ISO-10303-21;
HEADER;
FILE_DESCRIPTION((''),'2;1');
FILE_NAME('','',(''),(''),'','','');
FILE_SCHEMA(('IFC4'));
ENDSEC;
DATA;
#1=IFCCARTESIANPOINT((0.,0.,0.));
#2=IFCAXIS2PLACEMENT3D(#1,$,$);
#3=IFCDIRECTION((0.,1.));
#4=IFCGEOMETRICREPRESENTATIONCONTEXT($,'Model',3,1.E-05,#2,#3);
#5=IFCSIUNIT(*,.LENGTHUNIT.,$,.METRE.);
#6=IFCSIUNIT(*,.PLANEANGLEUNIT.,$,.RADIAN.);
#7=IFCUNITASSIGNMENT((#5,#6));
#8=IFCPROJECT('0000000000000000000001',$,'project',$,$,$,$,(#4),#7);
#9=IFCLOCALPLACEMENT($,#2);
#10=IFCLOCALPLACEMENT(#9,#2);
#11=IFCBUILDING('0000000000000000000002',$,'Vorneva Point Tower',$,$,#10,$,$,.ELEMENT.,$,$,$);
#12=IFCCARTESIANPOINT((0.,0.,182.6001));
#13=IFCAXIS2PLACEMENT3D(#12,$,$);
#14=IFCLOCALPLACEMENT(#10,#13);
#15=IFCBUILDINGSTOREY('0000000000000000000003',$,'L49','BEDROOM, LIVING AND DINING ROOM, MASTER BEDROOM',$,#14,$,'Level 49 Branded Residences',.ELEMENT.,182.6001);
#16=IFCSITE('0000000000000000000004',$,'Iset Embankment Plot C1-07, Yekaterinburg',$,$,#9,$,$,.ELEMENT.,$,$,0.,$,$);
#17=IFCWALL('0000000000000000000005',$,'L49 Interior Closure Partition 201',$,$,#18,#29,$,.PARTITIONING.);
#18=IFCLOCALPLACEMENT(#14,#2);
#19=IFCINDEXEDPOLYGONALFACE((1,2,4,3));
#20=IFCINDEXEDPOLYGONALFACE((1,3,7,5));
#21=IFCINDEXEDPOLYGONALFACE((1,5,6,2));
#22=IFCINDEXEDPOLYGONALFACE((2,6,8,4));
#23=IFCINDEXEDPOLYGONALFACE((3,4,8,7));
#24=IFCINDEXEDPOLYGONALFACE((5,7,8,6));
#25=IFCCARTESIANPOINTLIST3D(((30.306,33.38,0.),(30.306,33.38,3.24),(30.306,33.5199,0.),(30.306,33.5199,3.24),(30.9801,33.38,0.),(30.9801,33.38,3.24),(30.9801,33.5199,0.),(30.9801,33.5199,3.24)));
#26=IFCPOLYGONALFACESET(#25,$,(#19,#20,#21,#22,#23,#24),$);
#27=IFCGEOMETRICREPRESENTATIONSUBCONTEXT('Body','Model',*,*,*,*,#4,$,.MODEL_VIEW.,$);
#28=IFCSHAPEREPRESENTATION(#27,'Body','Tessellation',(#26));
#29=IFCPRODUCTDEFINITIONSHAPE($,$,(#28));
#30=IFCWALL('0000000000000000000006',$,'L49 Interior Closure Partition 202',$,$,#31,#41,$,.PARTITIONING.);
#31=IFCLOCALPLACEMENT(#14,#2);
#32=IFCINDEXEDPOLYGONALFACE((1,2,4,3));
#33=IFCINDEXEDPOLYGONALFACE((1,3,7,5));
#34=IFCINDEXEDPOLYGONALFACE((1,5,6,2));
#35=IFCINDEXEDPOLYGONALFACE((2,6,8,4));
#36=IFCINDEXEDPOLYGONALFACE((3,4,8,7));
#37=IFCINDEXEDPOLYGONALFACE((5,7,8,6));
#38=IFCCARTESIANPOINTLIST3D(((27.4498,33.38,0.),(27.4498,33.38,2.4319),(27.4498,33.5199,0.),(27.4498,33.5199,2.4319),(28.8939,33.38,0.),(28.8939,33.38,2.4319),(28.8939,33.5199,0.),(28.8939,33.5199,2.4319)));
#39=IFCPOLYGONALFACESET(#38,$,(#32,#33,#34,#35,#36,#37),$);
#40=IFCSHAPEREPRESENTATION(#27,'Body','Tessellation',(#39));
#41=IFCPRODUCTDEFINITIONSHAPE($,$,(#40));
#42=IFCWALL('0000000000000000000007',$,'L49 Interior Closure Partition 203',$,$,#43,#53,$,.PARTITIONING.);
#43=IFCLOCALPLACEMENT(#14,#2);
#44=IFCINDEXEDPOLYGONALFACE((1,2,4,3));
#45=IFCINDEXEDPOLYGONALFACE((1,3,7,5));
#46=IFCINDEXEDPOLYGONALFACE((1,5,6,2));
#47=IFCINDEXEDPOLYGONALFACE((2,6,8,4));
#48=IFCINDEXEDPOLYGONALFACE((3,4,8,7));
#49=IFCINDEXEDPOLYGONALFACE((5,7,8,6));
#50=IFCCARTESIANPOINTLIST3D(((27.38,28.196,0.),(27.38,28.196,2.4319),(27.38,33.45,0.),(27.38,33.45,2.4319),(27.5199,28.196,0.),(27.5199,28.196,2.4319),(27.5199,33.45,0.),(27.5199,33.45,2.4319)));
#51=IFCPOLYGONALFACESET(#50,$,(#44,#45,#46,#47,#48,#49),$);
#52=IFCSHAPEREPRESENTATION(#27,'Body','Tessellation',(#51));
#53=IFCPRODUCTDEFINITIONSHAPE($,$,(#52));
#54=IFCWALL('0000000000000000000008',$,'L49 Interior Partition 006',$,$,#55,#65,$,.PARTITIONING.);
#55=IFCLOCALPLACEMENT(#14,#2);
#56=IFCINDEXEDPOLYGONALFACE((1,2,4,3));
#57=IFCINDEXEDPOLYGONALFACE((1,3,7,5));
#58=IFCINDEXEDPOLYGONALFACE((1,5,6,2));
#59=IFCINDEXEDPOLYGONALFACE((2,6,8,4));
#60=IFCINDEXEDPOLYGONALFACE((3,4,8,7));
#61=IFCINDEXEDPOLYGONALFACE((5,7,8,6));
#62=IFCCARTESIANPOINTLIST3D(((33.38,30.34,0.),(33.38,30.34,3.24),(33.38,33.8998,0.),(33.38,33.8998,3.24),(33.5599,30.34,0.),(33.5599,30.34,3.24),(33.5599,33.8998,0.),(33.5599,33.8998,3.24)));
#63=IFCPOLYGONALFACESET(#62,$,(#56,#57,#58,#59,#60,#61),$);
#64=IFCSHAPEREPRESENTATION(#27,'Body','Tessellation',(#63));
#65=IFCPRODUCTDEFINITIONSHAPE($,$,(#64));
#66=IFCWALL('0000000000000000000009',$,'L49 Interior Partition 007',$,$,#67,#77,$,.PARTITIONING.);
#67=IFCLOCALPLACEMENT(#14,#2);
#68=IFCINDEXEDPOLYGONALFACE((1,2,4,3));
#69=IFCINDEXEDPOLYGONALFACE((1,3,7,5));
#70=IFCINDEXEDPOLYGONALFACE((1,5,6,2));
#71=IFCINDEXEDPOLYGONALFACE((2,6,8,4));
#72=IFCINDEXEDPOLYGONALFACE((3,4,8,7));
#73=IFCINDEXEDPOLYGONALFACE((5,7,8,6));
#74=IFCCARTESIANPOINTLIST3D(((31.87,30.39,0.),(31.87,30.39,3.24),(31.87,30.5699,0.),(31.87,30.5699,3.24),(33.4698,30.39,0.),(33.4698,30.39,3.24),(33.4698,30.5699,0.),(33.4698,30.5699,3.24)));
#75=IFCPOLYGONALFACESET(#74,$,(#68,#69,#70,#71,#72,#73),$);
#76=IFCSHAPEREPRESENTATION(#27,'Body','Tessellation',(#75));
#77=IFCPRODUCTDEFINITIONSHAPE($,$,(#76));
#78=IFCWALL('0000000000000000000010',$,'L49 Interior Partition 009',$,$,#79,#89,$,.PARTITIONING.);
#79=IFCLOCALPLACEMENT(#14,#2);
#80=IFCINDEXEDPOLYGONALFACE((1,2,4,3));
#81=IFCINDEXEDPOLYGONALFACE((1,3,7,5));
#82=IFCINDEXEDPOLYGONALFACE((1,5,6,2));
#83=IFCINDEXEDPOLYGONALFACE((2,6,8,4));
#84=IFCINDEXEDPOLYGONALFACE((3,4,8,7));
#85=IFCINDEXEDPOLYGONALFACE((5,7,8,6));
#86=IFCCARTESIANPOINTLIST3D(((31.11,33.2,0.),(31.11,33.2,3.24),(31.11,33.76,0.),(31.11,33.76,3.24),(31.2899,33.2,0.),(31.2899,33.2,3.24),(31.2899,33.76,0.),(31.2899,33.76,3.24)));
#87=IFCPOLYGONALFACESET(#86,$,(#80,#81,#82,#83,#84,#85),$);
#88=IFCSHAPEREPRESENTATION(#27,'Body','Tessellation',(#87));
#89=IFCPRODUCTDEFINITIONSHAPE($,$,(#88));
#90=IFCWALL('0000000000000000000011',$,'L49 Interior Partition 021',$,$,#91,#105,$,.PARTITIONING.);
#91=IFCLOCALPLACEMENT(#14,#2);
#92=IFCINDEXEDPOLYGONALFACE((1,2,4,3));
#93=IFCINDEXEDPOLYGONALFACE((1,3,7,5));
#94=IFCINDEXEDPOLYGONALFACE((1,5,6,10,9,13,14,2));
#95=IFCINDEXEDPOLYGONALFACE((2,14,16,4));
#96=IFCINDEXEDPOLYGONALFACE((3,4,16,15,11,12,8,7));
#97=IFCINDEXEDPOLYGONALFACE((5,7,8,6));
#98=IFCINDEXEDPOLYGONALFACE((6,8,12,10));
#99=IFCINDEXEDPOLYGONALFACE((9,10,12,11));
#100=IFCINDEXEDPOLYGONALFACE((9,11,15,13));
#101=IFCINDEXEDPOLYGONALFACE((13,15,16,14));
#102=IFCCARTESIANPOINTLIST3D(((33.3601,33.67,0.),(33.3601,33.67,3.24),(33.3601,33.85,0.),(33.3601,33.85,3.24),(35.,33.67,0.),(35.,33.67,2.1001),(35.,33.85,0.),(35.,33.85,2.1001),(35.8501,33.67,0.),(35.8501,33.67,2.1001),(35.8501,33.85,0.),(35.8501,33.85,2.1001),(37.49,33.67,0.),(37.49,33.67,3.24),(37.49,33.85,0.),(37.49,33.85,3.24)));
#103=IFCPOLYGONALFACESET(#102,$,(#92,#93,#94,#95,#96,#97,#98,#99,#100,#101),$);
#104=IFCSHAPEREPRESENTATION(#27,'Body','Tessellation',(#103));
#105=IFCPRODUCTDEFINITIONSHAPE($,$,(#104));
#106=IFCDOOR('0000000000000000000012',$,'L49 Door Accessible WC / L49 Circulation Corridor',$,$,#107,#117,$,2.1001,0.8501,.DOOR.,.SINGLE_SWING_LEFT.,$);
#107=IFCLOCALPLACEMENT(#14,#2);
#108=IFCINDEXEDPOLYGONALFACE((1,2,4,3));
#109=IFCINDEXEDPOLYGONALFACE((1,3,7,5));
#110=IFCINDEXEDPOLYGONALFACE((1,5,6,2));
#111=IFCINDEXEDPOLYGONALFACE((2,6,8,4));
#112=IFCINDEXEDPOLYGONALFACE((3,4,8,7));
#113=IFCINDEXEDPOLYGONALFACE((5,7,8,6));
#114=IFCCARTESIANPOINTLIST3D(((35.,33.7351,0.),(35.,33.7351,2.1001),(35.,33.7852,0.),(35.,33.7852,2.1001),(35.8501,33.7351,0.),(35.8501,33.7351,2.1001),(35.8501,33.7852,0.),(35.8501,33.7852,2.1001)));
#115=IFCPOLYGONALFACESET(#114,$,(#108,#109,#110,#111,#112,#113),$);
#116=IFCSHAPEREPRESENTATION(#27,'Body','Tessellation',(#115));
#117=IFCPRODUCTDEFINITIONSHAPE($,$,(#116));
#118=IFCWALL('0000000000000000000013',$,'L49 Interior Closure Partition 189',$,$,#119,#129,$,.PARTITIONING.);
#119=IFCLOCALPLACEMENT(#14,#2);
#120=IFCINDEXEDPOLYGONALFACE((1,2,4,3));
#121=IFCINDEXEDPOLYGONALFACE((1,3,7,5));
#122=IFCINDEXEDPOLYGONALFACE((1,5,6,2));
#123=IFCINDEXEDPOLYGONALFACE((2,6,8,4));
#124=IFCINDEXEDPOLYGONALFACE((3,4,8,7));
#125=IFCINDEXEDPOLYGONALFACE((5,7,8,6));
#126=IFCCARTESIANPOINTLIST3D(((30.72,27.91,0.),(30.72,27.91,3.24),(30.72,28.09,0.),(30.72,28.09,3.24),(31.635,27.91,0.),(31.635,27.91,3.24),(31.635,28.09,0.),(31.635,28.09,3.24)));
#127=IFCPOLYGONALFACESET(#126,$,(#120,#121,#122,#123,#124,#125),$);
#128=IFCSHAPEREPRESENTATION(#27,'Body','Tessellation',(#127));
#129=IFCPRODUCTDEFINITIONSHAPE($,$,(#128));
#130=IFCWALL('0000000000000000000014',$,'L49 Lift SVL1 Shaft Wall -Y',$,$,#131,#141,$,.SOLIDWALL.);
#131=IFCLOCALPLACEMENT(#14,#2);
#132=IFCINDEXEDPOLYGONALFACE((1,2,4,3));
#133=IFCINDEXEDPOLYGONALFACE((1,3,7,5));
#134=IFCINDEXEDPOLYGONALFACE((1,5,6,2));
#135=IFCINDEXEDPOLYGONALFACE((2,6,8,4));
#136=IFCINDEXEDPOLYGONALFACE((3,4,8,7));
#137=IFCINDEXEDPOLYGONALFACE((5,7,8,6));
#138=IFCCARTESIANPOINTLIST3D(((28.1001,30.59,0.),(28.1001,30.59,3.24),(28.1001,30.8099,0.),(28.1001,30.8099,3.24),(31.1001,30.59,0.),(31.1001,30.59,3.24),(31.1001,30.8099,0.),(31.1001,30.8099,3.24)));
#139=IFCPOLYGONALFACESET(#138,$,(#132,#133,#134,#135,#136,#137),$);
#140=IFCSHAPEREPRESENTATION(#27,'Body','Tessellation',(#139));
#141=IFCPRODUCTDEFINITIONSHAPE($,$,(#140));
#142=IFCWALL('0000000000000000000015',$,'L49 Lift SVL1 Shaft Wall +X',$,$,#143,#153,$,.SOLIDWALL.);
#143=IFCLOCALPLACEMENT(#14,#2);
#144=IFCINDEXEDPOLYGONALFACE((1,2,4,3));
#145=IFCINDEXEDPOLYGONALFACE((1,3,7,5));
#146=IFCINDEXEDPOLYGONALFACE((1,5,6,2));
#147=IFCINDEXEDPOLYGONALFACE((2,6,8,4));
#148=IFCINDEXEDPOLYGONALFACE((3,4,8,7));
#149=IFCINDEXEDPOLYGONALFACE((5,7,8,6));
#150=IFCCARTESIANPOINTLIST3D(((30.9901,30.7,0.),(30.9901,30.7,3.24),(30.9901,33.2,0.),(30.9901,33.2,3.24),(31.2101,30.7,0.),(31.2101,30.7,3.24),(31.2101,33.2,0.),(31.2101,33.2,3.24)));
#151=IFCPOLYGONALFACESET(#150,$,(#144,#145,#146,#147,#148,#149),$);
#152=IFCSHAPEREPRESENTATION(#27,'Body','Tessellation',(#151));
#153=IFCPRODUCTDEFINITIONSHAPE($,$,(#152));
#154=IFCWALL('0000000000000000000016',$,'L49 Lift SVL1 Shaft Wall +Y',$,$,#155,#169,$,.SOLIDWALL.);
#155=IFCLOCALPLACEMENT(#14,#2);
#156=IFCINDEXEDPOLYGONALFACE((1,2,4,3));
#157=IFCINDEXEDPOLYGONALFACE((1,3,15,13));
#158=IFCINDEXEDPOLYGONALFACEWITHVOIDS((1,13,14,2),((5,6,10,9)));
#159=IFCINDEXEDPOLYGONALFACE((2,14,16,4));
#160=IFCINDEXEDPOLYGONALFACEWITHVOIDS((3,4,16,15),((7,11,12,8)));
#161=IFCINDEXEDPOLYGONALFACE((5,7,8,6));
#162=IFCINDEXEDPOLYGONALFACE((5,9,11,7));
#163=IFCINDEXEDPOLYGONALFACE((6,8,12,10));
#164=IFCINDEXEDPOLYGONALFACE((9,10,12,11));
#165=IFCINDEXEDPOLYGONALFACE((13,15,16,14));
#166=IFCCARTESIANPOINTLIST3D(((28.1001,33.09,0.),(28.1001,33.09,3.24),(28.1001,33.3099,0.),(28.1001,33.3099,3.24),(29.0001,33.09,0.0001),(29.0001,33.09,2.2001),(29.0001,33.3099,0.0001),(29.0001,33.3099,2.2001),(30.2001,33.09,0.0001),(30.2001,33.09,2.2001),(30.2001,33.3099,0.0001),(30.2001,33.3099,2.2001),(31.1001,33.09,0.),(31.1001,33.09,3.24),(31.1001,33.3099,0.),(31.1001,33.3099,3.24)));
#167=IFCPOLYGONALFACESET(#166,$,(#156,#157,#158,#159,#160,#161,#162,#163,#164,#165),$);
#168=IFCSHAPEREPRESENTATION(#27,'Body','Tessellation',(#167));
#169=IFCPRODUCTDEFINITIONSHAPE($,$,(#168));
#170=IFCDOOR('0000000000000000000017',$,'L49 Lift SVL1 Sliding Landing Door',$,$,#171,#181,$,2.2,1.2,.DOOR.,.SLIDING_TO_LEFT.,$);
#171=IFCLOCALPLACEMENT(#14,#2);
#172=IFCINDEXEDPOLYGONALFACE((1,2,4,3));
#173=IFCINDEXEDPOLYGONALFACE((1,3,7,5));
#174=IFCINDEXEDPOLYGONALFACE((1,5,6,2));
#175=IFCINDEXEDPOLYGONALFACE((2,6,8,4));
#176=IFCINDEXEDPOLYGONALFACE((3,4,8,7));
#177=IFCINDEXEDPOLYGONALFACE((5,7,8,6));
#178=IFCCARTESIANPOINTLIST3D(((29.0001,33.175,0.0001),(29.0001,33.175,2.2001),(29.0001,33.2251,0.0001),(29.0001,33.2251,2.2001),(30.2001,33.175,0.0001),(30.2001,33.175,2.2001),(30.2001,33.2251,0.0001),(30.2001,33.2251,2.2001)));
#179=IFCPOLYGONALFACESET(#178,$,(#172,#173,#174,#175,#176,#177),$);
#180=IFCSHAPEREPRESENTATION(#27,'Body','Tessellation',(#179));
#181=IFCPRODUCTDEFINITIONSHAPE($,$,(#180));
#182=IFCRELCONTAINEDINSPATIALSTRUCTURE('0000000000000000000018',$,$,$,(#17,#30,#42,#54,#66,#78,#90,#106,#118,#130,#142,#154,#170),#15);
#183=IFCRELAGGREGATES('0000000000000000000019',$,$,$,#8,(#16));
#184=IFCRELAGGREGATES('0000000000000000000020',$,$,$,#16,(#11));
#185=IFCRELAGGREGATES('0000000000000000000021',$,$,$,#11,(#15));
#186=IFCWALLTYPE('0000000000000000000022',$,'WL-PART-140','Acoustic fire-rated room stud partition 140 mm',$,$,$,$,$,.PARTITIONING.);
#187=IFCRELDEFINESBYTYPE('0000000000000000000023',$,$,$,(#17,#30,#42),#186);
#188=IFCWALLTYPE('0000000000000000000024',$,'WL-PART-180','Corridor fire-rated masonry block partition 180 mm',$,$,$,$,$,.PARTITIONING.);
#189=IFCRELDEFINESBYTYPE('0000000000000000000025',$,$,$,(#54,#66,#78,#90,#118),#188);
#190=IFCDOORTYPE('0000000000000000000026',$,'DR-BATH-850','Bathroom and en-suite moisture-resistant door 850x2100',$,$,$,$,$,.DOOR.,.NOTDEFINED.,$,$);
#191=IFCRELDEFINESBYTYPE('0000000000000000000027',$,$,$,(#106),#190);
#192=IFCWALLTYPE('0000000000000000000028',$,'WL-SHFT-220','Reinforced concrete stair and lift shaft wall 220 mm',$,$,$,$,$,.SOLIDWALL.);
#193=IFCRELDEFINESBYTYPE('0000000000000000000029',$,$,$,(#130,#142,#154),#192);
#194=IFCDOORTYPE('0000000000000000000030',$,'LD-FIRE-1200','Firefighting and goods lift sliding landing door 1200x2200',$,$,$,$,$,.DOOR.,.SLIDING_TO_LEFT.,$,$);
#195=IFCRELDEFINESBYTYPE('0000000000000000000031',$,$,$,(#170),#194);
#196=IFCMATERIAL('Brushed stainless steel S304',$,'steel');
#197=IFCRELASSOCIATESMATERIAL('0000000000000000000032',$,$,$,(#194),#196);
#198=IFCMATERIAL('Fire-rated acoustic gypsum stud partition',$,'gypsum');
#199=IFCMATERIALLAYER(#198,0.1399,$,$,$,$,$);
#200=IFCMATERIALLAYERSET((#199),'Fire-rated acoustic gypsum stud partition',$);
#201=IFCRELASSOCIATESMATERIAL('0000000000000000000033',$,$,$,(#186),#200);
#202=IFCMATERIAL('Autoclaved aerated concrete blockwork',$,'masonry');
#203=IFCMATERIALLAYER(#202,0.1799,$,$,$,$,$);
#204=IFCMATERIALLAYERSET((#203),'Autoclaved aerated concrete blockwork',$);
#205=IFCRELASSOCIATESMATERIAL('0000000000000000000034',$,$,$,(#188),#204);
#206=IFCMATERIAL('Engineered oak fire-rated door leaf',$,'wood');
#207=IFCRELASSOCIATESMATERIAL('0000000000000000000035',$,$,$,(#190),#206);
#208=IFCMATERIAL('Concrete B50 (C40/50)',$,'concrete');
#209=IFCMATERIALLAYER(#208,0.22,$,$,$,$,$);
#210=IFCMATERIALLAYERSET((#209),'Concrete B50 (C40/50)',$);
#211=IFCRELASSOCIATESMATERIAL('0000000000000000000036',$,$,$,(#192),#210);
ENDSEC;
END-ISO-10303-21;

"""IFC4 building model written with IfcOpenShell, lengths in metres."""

from ifc_helpers import new_model, si_unit, direction, frame, frame_2d, origin, place, context, subcontext, project, spatial, rectangle, extrude, material, layer, layer_set, type_object, element, fill, save


model = new_model("IFC4")

# Units and contexts
model_context = context("Model", 3, precision=1e-05, world=origin(), true_north=direction((0.0, 1.0)))
body_context = subcontext(model_context, "Body", "Model", "MODEL_VIEW")
ifc_project = project(units=[si_unit("LENGTHUNIT", "METRE"), si_unit("PLANEANGLEUNIT", "RADIAN")], contexts=[model_context])

# Site, building, storey
site_placement = place(None, origin())
site = spatial("IfcSite", under=ifc_project, at=site_placement, Name="Iset Embankment Plot C1-07, Yekaterinburg", CompositionType="ELEMENT", RefElevation=0.0)
building_placement = place(site_placement, origin())
building = spatial("IfcBuilding", under=site, at=building_placement, Name="Vorneva Point Tower", CompositionType="ELEMENT")
storey_placement = place(building_placement, frame((0.0, 0.0, 182.6001)))
storey = spatial("IfcBuildingStorey", under=building, at=storey_placement, Name="L49", Description="BEDROOM, LIVING AND DINING ROOM, MASTER BEDROOM", LongName="Level 49 Branded Residences", CompositionType="ELEMENT", Elevation=182.6001)

# Shared definitions
ifc_material_1 = material(Name="Concrete B50 (C40/50)", Category="concrete")

# Shared definitions
ifc_material_2 = material(Name="Brushed stainless steel S304", Category="steel")
door_type_1 = type_object("IfcDoorType", Name="LD-FIRE-1200", Description="Firefighting and goods lift sliding landing door 1200x2200", OperationType="SLIDING_TO_LEFT", PredefinedType="DOOR", material=ifc_material_2)

# Walls
ifc_material_3 = material(Name="Fire-rated acoustic gypsum stud partition", Category="gypsum")
ifc_layer_1 = layer(ifc_material_3, 0.1399)
ifc_layer_set_1 = layer_set([ifc_layer_1], Name="Fire-rated acoustic gypsum stud partition")
wall_type_1 = type_object("IfcWallType", Name="WL-PART-140", Description="Acoustic fire-rated room stud partition 140 mm", PredefinedType="PARTITIONING", material=ifc_layer_set_1)
wall_1_placement = place(storey_placement, frame((30.98, 33.45, 0.0), z_axis=(0.0, 0.0, 1.0), x_axis=(-1.0, 0.0, 0.0)))
element("IfcWall", 1, at=wall_1_placement, inside=storey, type_object=wall_type_1, Name="L49 Interior Closure Partition 201", PredefinedType="PARTITIONING", context=body_context, shape_type="SweptSolid", body=[
    extrude(rectangle(XDim=0.6741, YDim=0.1399, at=frame_2d((0.3369, 0.0))), origin(), (0.0, 0.0, 1.0), 3.24),
])
wall_2_placement = place(storey_placement, frame((28.894, 33.45, 0.0), z_axis=(0.0, 0.0, 1.0), x_axis=(-1.0, 0.0, 0.0)))
element("IfcWall", 2, at=wall_2_placement, inside=storey, type_object=wall_type_1, Name="L49 Interior Closure Partition 202", PredefinedType="PARTITIONING", context=body_context, shape_type="SweptSolid", body=[
    extrude(rectangle(XDim=1.4441, YDim=0.1399, at=frame_2d((0.7222, 0.0))), origin(), (0.0, 0.0, 1.0), 2.4319),
])
wall_3_placement = place(storey_placement, frame((27.45, 33.45, 0.0), z_axis=(0.0, 0.0, 1.0), x_axis=(0.0, -1.0, 0.0)))
element("IfcWall", 3, at=wall_3_placement, inside=storey, type_object=wall_type_1, Name="L49 Interior Closure Partition 203", PredefinedType="PARTITIONING", context=body_context, shape_type="SweptSolid", body=[
    extrude(rectangle(XDim=5.2539, YDim=0.1399, at=frame_2d((2.627, 0.0))), origin(), (0.0, 0.0, 1.0), 2.4319),
])

# Shared definitions
ifc_material_4 = material(Name="Autoclaved aerated concrete blockwork", Category="masonry")
ifc_layer_2 = layer(ifc_material_4, 0.1799)
ifc_layer_set_2 = layer_set([ifc_layer_2], Name="Autoclaved aerated concrete blockwork")
wall_type_2 = type_object("IfcWallType", Name="WL-PART-180", Description="Corridor fire-rated masonry block partition 180 mm", PredefinedType="PARTITIONING", material=ifc_layer_set_2)

# Walls
wall_4_placement = place(storey_placement, frame((33.47, 30.3401, 0.0), z_axis=(0.0, 0.0, 1.0), x_axis=(0.0, 1.0, 0.0)))
element("IfcWall", 4, at=wall_4_placement, inside=storey, type_object=wall_type_2, Name="L49 Interior Partition 006", PredefinedType="PARTITIONING", context=body_context, shape_type="SweptSolid", body=[
    extrude(rectangle(XDim=3.5598, YDim=0.1799, at=frame_2d((1.7798, 0.0))), origin(), (0.0, 0.0, 1.0), 3.24),
])
wall_5_placement = place(storey_placement, frame((31.8701, 30.48, 0.0), z_axis=(0.0, 0.0, 1.0), x_axis=(1.0, 0.0, 0.0)))
element("IfcWall", 5, at=wall_5_placement, inside=storey, type_object=wall_type_2, Name="L49 Interior Partition 007", PredefinedType="PARTITIONING", context=body_context, shape_type="SweptSolid", body=[
    extrude(rectangle(XDim=1.5999, YDim=0.1799, at=frame_2d((0.7998, 0.0))), origin(), (0.0, 0.0, 1.0), 3.24),
])

# Wall
wall_6_placement = place(storey_placement, frame((31.2, 33.76, 0.0), z_axis=(0.0, 0.0, 1.0), x_axis=(0.0, -1.0, 0.0)))
element("IfcWall", 6, at=wall_6_placement, inside=storey, type_object=wall_type_2, Name="L49 Interior Partition 009", PredefinedType="PARTITIONING", context=body_context, shape_type="SweptSolid", body=[
    extrude(rectangle(XDim=0.5601, YDim=0.1799, at=frame_2d((0.28, 0.0))), origin(), (0.0, 0.0, 1.0), 3.24),
])

# Wall, opening, door
wall_7_placement = place(storey_placement, frame((37.49, 33.76, 0.0), z_axis=(0.0, 0.0, 1.0), x_axis=(-1.0, 0.0, 0.0)))
wall_7 = element("IfcWall", 7, at=wall_7_placement, inside=storey, type_object=wall_type_2, Name="L49 Interior Partition 021", PredefinedType="PARTITIONING", context=body_context, shape_type="SweptSolid", body=[
    extrude(rectangle(XDim=4.1299, YDim=0.1799, at=frame_2d((2.0649, 0.0))), origin(), (0.0, 0.0, 1.0), 3.24),
])
opening_1_placement = place(wall_7_placement, frame((1.6399, 0.0, 0.0)))
opening_1 = element("IfcOpeningElement", 8, at=opening_1_placement, cuts=wall_7, PredefinedType="OPENING", context=body_context, shape_type="SweptSolid", body=[
    extrude(rectangle(XDim=0.8501, YDim=2.1001, at=frame_2d((0.425, 1.05))), frame((0.0, 0.105, 0.0), z_axis=(0.0, -1.0, 0.0), x_axis=(1.0, 0.0, 0.0)), (0.0, 0.0, 1.0), 0.2097),
])
ifc_material_5 = material(Name="Engineered oak fire-rated door leaf", Category="wood")
door_type_2 = type_object("IfcDoorType", Name="DR-BATH-850", Description="Bathroom and en-suite moisture-resistant door 850x2100", OperationType="NOTDEFINED", PredefinedType="DOOR", material=ifc_material_5)
door_1_placement = place(opening_1_placement, origin())
door_1 = element("IfcDoor", 9, at=door_1_placement, inside=storey, type_object=door_type_2, Name="L49 Door Accessible WC / L49 Circulation Corridor", OperationType="SINGLE_SWING_LEFT", OverallHeight=2.1001, OverallWidth=0.8501, PredefinedType="DOOR", context=body_context, shape_type="SweptSolid", body=[
    extrude(rectangle(XDim=0.8501, YDim=2.1001, at=frame_2d((0.425, 1.05))), frame((0.0, 0.0249, 0.0), z_axis=(0.0, -1.0, 0.0), x_axis=(1.0, 0.0, 0.0)), (0.0, 0.0, 1.0), 0.05),
])
fill(opening_1, door_1)

# Walls
wall_8_placement = place(storey_placement, frame((31.635, 28.0, 0.0), z_axis=(0.0, 0.0, 1.0), x_axis=(-1.0, 0.0, 0.0)))
element("IfcWall", 10, at=wall_8_placement, inside=storey, type_object=wall_type_2, Name="L49 Interior Closure Partition 189", PredefinedType="PARTITIONING", context=body_context, shape_type="SweptSolid", body=[
    extrude(rectangle(XDim=0.915, YDim=0.1799, at=frame_2d((0.4575, 0.0))), origin(), (0.0, 0.0, 1.0), 3.24),
])
ifc_layer_3 = layer(ifc_material_1, 0.22)
ifc_layer_set_3 = layer_set([ifc_layer_3], Name="Concrete B50 (C40/50)")
wall_type_3 = type_object("IfcWallType", Name="WL-SHFT-220", Description="Reinforced concrete stair and lift shaft wall 220 mm", PredefinedType="SOLIDWALL", material=ifc_layer_set_3)
wall_9_placement = place(storey_placement, frame((28.1001, 30.7, 0.0), z_axis=(0.0, 0.0, 1.0), x_axis=(1.0, 0.0, 0.0)))
element("IfcWall", 11, at=wall_9_placement, inside=storey, type_object=wall_type_3, Name="L49 Lift SVL1 Shaft Wall -Y", PredefinedType="SOLIDWALL", context=body_context, shape_type="SweptSolid", body=[
    extrude(rectangle(XDim=3.0, YDim=0.22, at=frame_2d((1.5, 0.0))), origin(), (0.0, 0.0, 1.0), 3.24),
])
wall_10_placement = place(storey_placement, frame((31.1001, 30.7, 0.0), z_axis=(0.0, 0.0, 1.0), x_axis=(0.0, 1.0, 0.0)))
element("IfcWall", 12, at=wall_10_placement, inside=storey, type_object=wall_type_3, Name="L49 Lift SVL1 Shaft Wall +X", PredefinedType="SOLIDWALL", context=body_context, shape_type="SweptSolid", body=[
    extrude(rectangle(XDim=2.5, YDim=0.22, at=frame_2d((1.25, 0.0))), origin(), (0.0, 0.0, 1.0), 3.24),
])

# Wall, opening, door
wall_11_placement = place(storey_placement, frame((31.1001, 33.2, 0.0), z_axis=(0.0, 0.0, 1.0), x_axis=(-1.0, 0.0, 0.0)))
wall_11 = element("IfcWall", 13, at=wall_11_placement, inside=storey, type_object=wall_type_3, Name="L49 Lift SVL1 Shaft Wall +Y", PredefinedType="SOLIDWALL", context=body_context, shape_type="SweptSolid", body=[
    extrude(rectangle(XDim=3.0, YDim=0.22, at=frame_2d((1.5, 0.0))), origin(), (0.0, 0.0, 1.0), 3.24),
])
opening_2_placement = place(wall_11_placement, frame((0.8999, 0.0, 0.0)))
opening_2 = element("IfcOpeningElement", 14, at=opening_2_placement, cuts=wall_11, PredefinedType="OPENING", context=body_context, shape_type="SweptSolid", body=[
    extrude(rectangle(XDim=1.2, YDim=2.2, at=frame_2d((0.6001, 1.1001))), frame((0.0, 0.125, 0.0), z_axis=(0.0, -1.0, 0.0), x_axis=(1.0, 0.0, 0.0)), (0.0, 0.0, 1.0), 0.2498),
])
door_2_placement = place(opening_2_placement, origin())
door_2 = element("IfcDoor", 15, at=door_2_placement, inside=storey, type_object=door_type_1, Name="L49 Lift SVL1 Sliding Landing Door", OperationType="SLIDING_TO_LEFT", OverallHeight=2.2, OverallWidth=1.2, PredefinedType="DOOR", context=body_context, shape_type="SweptSolid", body=[
    extrude(rectangle(XDim=1.2, YDim=2.2, at=frame_2d((0.6001, 1.1001))), frame((0.0, 0.0249, 0.0), z_axis=(0.0, -1.0, 0.0), x_axis=(1.0, 0.0, 0.0)), (0.0, 0.0, 1.0), 0.05),
])
fill(opening_2, door_2)

save(model, "model.ifc")
